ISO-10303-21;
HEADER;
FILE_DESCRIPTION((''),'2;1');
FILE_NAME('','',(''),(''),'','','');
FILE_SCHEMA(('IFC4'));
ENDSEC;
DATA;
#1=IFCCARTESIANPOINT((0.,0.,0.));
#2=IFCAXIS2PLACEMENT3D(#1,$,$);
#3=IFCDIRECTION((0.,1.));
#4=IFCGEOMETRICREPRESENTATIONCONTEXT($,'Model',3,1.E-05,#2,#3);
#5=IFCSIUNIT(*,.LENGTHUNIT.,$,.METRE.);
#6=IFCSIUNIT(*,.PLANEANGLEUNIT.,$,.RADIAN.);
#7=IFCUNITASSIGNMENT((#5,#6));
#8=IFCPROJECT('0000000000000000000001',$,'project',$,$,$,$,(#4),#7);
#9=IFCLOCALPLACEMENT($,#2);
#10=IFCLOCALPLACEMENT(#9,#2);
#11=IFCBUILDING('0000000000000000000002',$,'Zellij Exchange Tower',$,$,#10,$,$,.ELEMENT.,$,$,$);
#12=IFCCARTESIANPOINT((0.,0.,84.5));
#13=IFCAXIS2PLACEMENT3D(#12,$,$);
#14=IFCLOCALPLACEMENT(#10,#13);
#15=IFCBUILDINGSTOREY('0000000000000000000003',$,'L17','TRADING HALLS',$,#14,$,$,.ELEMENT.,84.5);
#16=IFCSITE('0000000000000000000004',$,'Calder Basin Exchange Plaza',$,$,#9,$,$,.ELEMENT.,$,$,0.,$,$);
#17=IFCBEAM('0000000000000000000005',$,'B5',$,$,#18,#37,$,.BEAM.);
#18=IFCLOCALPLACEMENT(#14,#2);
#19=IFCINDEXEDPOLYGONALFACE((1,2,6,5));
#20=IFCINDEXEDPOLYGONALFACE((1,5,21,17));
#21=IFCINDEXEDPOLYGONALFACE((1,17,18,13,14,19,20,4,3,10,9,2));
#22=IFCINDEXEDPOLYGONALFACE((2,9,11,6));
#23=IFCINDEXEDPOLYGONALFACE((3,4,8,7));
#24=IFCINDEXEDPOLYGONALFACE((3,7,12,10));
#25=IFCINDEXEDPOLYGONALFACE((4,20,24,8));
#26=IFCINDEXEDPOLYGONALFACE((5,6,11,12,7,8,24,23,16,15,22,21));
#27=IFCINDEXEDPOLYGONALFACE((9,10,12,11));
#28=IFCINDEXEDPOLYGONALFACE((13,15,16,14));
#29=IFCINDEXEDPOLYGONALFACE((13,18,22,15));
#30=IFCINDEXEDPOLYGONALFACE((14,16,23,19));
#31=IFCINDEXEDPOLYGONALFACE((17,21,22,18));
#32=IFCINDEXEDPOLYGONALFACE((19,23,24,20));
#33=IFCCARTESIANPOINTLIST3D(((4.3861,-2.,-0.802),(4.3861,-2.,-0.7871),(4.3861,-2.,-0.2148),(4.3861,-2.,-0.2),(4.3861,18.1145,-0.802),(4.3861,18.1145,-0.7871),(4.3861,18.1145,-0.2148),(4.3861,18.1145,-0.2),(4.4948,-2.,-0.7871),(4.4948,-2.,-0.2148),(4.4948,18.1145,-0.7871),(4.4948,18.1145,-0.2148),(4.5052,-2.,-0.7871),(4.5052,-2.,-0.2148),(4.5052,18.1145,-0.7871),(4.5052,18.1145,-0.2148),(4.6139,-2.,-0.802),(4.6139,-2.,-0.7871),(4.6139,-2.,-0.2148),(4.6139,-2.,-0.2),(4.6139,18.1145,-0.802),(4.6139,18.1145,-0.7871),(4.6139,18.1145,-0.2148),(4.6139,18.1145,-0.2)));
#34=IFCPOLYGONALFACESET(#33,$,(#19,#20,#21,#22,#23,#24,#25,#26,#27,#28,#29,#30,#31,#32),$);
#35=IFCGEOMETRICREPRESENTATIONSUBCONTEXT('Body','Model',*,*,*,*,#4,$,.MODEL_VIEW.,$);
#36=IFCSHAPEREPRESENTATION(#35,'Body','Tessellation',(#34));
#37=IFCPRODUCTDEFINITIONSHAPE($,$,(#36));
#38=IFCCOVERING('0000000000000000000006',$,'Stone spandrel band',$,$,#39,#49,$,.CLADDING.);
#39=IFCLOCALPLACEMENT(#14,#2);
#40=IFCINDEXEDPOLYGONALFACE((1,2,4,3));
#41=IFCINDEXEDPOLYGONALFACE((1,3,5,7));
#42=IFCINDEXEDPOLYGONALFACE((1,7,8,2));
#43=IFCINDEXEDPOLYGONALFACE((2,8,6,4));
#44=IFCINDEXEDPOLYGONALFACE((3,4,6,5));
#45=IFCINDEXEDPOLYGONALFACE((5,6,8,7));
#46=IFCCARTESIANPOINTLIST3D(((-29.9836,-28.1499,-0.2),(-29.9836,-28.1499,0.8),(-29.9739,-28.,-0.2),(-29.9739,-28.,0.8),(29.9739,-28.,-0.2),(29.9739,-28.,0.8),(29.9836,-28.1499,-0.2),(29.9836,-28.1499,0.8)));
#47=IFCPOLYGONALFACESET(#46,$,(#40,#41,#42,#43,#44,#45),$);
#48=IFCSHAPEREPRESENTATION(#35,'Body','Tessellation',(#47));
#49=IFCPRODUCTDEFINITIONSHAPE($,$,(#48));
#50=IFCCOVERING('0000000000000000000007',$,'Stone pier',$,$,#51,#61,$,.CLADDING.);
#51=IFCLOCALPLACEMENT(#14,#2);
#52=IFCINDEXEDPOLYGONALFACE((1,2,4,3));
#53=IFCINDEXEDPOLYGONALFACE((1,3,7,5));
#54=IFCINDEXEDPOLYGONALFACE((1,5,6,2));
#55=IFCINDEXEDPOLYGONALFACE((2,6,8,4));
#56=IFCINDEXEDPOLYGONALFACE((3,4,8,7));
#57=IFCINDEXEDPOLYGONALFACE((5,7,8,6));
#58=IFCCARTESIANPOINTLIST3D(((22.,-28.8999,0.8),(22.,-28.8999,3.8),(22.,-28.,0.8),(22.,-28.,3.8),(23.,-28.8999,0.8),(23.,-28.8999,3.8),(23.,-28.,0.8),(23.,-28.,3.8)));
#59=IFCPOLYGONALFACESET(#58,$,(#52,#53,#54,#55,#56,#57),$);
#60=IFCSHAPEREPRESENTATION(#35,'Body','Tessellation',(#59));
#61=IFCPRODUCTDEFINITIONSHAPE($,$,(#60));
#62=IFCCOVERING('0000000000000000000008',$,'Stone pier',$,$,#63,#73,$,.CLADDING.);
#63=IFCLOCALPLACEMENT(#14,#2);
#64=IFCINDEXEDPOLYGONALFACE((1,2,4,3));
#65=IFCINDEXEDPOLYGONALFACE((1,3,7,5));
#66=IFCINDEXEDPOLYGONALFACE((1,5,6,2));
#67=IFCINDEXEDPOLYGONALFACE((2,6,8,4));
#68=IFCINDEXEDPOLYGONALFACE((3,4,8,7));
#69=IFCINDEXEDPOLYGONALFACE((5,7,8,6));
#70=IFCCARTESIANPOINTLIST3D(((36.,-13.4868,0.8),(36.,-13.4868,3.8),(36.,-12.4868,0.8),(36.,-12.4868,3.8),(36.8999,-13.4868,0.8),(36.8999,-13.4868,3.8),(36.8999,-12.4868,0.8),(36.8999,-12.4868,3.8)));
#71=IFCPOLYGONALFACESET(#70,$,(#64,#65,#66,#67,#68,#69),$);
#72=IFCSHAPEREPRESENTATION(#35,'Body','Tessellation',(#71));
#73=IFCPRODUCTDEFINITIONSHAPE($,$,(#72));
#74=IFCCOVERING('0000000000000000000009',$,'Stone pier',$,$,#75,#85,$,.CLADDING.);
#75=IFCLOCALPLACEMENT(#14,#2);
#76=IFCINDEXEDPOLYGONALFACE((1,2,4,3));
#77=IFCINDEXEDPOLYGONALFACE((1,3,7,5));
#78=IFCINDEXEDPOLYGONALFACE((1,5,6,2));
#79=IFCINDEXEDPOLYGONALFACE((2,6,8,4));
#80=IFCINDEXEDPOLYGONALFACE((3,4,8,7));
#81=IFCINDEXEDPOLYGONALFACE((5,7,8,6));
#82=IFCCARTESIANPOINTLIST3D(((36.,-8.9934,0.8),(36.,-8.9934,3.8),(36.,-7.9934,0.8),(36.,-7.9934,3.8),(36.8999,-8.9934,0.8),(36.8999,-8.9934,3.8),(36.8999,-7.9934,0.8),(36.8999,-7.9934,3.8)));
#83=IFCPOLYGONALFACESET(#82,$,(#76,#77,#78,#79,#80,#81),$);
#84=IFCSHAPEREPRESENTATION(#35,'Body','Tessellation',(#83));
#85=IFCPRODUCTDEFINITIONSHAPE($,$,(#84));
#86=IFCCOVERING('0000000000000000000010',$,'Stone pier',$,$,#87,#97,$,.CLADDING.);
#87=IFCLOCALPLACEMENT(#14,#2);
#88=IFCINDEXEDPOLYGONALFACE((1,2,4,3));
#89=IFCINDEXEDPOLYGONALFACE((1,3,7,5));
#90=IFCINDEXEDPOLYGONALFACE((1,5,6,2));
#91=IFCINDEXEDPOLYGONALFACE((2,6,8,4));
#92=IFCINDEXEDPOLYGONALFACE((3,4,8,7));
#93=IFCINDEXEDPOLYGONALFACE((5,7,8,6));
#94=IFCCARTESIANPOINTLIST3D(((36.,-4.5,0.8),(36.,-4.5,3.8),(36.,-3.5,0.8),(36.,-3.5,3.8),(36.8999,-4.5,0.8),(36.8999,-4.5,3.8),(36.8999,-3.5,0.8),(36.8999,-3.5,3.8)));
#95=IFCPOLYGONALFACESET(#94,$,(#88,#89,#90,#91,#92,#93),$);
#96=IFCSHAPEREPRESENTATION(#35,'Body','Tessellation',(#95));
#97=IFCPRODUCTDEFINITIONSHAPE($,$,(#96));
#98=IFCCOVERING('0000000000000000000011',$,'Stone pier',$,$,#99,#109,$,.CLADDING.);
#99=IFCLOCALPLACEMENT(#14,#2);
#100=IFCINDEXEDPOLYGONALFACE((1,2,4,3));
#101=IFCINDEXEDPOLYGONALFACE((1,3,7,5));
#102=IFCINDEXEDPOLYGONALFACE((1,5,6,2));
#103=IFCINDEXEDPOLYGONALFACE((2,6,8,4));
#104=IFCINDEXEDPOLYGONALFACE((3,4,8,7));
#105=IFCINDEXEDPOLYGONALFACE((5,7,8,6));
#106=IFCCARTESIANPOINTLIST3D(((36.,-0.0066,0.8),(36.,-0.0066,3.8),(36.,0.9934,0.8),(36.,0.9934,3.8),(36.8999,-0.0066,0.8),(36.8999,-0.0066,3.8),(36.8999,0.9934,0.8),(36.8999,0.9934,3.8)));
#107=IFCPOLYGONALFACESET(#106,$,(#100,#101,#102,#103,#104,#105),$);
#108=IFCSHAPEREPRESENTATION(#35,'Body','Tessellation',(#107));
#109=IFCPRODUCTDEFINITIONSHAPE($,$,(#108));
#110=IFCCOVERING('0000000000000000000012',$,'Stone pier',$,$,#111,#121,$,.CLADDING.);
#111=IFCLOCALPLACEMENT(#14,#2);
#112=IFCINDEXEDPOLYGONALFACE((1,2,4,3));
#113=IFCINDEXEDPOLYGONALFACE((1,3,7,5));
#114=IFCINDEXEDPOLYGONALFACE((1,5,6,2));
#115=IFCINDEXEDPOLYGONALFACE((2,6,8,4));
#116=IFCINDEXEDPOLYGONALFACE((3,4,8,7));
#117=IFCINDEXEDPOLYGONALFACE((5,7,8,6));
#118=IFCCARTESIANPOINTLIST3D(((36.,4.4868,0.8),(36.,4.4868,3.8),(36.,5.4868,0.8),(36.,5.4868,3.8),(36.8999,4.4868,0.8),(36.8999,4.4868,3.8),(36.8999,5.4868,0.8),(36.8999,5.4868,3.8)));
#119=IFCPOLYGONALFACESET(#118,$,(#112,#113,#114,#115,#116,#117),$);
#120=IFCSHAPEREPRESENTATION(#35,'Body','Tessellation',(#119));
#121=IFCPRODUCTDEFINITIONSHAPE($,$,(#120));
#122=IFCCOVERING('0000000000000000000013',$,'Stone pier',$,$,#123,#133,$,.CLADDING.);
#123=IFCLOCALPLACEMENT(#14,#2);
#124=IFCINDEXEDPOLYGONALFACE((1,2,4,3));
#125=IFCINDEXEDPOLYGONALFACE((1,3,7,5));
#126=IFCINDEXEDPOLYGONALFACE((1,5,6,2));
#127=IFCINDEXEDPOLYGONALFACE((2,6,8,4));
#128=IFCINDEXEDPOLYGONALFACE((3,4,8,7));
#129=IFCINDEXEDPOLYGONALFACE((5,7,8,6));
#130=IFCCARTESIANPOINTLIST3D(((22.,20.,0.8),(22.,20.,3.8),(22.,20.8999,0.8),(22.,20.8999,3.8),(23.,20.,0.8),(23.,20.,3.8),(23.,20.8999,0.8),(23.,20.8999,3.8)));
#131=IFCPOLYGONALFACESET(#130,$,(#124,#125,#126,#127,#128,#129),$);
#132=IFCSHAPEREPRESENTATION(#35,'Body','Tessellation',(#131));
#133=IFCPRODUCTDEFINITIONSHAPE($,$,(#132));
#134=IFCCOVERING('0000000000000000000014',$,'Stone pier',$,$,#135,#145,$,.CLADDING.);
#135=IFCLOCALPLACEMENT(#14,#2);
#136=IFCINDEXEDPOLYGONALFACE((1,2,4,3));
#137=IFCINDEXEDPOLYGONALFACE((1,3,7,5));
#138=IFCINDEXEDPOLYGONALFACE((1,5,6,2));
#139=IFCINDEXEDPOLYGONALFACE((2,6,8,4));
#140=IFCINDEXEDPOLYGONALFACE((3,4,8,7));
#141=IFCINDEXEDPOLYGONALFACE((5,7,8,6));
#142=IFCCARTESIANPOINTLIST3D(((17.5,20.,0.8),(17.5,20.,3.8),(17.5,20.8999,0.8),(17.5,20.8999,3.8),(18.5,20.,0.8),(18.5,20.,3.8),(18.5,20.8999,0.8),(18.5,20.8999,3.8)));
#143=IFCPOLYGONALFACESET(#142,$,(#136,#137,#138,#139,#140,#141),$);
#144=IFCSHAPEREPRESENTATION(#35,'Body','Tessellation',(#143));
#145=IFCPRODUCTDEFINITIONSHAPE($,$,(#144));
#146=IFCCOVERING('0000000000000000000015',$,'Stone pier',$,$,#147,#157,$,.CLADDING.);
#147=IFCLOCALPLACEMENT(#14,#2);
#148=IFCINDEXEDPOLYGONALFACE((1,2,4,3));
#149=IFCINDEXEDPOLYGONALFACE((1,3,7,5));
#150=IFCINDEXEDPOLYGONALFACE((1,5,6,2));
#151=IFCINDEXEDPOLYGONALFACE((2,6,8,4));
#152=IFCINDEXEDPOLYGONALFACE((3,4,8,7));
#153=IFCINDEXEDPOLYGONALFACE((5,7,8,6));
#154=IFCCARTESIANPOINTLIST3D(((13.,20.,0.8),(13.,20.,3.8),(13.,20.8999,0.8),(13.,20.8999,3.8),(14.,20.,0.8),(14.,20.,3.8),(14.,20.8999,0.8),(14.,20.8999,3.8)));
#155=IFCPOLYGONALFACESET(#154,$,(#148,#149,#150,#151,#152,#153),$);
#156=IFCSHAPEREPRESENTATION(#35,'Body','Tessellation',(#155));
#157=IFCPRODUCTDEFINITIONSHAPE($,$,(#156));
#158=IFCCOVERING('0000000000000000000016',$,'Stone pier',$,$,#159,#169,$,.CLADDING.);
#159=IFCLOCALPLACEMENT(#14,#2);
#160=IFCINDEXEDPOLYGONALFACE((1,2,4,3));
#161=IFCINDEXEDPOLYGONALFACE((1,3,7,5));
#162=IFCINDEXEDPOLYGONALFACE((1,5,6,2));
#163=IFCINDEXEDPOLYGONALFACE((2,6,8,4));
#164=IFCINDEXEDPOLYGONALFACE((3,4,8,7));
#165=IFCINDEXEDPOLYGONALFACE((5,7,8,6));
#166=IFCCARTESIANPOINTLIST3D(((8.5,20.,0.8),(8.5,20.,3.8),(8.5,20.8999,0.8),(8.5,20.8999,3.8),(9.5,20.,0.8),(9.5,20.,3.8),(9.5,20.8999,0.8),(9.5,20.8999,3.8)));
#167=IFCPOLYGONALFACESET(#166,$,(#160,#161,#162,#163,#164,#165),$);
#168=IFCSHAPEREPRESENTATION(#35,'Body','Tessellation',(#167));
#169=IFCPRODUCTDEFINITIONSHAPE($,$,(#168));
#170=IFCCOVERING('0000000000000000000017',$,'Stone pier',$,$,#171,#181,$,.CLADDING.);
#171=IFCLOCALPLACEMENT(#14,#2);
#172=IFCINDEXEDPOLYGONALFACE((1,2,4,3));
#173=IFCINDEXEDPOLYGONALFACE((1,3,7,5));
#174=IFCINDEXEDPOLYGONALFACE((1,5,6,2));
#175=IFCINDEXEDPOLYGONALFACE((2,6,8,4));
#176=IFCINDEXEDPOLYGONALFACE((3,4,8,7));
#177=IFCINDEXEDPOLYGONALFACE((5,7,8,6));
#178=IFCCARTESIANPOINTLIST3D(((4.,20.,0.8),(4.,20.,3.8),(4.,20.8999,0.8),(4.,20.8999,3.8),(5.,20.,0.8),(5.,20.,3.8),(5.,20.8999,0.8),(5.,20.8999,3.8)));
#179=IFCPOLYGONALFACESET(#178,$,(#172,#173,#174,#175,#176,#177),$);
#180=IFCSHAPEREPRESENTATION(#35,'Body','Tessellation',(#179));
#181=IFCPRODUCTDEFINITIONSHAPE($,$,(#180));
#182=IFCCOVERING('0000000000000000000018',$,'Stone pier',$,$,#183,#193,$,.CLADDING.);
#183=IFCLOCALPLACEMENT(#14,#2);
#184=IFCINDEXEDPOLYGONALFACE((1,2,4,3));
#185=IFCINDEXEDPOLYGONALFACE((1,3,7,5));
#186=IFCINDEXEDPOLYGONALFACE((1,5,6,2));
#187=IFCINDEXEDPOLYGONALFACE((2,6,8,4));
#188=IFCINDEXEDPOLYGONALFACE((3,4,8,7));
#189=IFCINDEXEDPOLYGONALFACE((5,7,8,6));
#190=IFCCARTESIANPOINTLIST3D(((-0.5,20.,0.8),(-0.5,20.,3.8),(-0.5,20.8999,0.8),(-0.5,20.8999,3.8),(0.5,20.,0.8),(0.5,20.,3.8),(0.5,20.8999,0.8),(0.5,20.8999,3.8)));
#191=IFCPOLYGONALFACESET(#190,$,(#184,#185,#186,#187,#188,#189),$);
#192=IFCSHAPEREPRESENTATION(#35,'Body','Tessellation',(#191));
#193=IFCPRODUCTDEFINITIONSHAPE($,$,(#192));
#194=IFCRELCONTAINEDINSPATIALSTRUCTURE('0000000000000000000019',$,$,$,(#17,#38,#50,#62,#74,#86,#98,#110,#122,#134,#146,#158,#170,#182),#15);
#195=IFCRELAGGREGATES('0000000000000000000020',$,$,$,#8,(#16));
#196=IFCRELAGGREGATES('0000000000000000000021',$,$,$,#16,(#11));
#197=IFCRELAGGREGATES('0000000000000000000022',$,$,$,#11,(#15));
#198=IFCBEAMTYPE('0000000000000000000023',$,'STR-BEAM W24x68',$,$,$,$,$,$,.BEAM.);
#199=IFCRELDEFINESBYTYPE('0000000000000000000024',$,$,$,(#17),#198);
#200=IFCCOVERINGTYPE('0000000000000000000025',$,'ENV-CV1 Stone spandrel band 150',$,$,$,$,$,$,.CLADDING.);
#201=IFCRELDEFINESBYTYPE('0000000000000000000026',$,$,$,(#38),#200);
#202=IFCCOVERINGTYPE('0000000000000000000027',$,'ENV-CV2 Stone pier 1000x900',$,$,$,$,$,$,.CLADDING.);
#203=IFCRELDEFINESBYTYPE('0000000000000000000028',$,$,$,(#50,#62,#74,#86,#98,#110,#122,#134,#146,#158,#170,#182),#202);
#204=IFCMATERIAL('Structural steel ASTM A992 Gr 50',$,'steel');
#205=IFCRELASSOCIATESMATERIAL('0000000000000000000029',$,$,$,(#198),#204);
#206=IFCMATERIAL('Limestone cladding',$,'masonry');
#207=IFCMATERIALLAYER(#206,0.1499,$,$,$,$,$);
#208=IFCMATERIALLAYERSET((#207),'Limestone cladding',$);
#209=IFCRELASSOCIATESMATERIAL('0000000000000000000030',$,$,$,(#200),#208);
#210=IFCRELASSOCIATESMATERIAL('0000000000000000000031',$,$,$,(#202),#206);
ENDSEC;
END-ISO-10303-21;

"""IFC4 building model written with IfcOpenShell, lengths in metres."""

from ifc_helpers import new_model, si_unit, direction, frame, origin, origin_2d, place, context, subcontext, project, spatial, polyline, i_section, outline, extrude, material, layer, layer_set, material_profile, profile_set, type_object, element, save


model = new_model("IFC4")

# Units and contexts
model_context = context("Model", 3, precision=1e-05, world=origin(), true_north=direction((0.0, 1.0)))
body_context = subcontext(model_context, "Body", "Model", "MODEL_VIEW")
ifc_project = project(units=[si_unit("LENGTHUNIT", "METRE"), si_unit("PLANEANGLEUNIT", "RADIAN")], contexts=[model_context])

# Site, building, storey
site_placement = place(None, origin())
site = spatial("IfcSite", under=ifc_project, at=site_placement, Name="Calder Basin Exchange Plaza", CompositionType="ELEMENT", RefElevation=0.0)
building_placement = place(site_placement, origin())
building = spatial("IfcBuilding", under=site, at=building_placement, Name="Zellij Exchange Tower", CompositionType="ELEMENT")
storey_placement = place(building_placement, frame((0.0, 0.0, 84.5)))
storey = spatial("IfcBuildingStorey", under=building, at=storey_placement, Name="L17", Description="TRADING HALLS", CompositionType="ELEMENT", Elevation=84.5)

# Beam
ifc_material_1 = material(Name="Structural steel ASTM A992 Gr 50", Category="steel")
ifc_material_profile = material_profile(ifc_material_1, i_section(OverallWidth=0.2278, OverallDepth=0.6021, WebThickness=0.0105, FlangeThickness=0.0149, at=origin_2d()), Name="W24x68")
ifc_profile_set = profile_set([ifc_material_profile], Name="Structural steel ASTM A992 Gr 50")
beam_type = type_object("IfcBeamType", Name="STR-BEAM W24x68", PredefinedType="BEAM", material=ifc_profile_set)
beam_placement = place(storey_placement, frame((4.5, -2.0, -0.501), z_axis=(0.0, 1.0, 0.0), x_axis=(-1.0, 0.0, 0.0)))
element("IfcBeam", 1, at=beam_placement, inside=storey, type_object=beam_type, Name="B5", PredefinedType="BEAM", context=body_context, shape_type="SweptSolid", body=[
    extrude(i_section(OverallWidth=0.2278, OverallDepth=0.6021, WebThickness=0.0105, FlangeThickness=0.0149, at=origin_2d()), origin(), (0.0, 0.0, 1.0), 20.1145),
])

# Coverings
ifc_material_2 = material(Name="Limestone cladding", Category="masonry")
ifc_layer = layer(ifc_material_2, 0.1499)
ifc_layer_set = layer_set([ifc_layer], Name="Limestone cladding")
covering_type_1 = type_object("IfcCoveringType", Name="ENV-CV1 Stone spandrel band 150", PredefinedType="CLADDING", material=ifc_layer_set)
covering_1_placement = place(storey_placement, frame((0.0, 0.0, -0.2)))
element("IfcCovering", 2, at=covering_1_placement, inside=storey, type_object=covering_type_1, Name="Stone spandrel band", PredefinedType="CLADDING", context=body_context, shape_type="SweptSolid", body=[
    extrude(outline(polyline([(-29.9739, -28.0), (29.9739, -28.0), (29.9836, -28.1499), (-29.9836, -28.1499), (-29.9739, -28.0)])), origin(), (0.0, 0.0, 1.0), 1.0),
])
covering_type_2 = type_object("IfcCoveringType", Name="ENV-CV2 Stone pier 1000x900", PredefinedType="CLADDING", material=ifc_material_2)
covering_2_placement = place(storey_placement, frame((0.0, 0.0, 0.8)))
element("IfcCovering", 3, at=covering_2_placement, inside=storey, type_object=covering_type_2, Name="Stone pier", PredefinedType="CLADDING", context=body_context, shape_type="SweptSolid", body=[
    extrude(outline(polyline([(22.0, -28.0), (23.0, -28.0), (23.0, -28.8999), (22.0, -28.8999), (22.0, -28.0)])), origin(), (0.0, 0.0, 1.0), 3.0),
])
covering_3_placement = place(storey_placement, frame((0.0, 0.0, 0.8)))
element("IfcCovering", 4, at=covering_3_placement, inside=storey, type_object=covering_type_2, Name="Stone pier", PredefinedType="CLADDING", context=body_context, shape_type="SweptSolid", body=[
    extrude(outline(polyline([(36.0, -13.4868), (36.0, -12.4868), (36.8999, -12.4868), (36.8999, -13.4868), (36.0, -13.4868)])), origin(), (0.0, 0.0, 1.0), 3.0),
])
covering_4_placement = place(storey_placement, frame((0.0, 0.0, 0.8)))
element("IfcCovering", 5, at=covering_4_placement, inside=storey, type_object=covering_type_2, Name="Stone pier", PredefinedType="CLADDING", context=body_context, shape_type="SweptSolid", body=[
    extrude(outline(polyline([(36.0, -8.9934), (36.0, -7.9934), (36.8999, -7.9934), (36.8999, -8.9934), (36.0, -8.9934)])), origin(), (0.0, 0.0, 1.0), 3.0),
])
covering_5_placement = place(storey_placement, frame((0.0, 0.0, 0.8)))
element("IfcCovering", 6, at=covering_5_placement, inside=storey, type_object=covering_type_2, Name="Stone pier", PredefinedType="CLADDING", context=body_context, shape_type="SweptSolid", body=[
    extrude(outline(polyline([(36.0, -4.5), (36.0, -3.5), (36.8999, -3.5), (36.8999, -4.5), (36.0, -4.5)])), origin(), (0.0, 0.0, 1.0), 3.0),
])
covering_6_placement = place(storey_placement, frame((0.0, 0.0, 0.8)))
element("IfcCovering", 7, at=covering_6_placement, inside=storey, type_object=covering_type_2, Name="Stone pier", PredefinedType="CLADDING", context=body_context, shape_type="SweptSolid", body=[
    extrude(outline(polyline([(36.0, -0.0066), (36.0, 0.9934), (36.8999, 0.9934), (36.8999, -0.0066), (36.0, -0.0066)])), origin(), (0.0, 0.0, 1.0), 3.0),
])
covering_7_placement = place(storey_placement, frame((0.0, 0.0, 0.8)))
element("IfcCovering", 8, at=covering_7_placement, inside=storey, type_object=covering_type_2, Name="Stone pier", PredefinedType="CLADDING", context=body_context, shape_type="SweptSolid", body=[
    extrude(outline(polyline([(36.0, 4.4868), (36.0, 5.4868), (36.8999, 5.4868), (36.8999, 4.4868), (36.0, 4.4868)])), origin(), (0.0, 0.0, 1.0), 3.0),
])
covering_8_placement = place(storey_placement, frame((0.0, 0.0, 0.8)))
element("IfcCovering", 9, at=covering_8_placement, inside=storey, type_object=covering_type_2, Name="Stone pier", PredefinedType="CLADDING", context=body_context, shape_type="SweptSolid", body=[
    extrude(outline(polyline([(23.0, 20.0), (22.0, 20.0), (22.0, 20.8999), (23.0, 20.8999), (23.0, 20.0)])), origin(), (0.0, 0.0, 1.0), 3.0),
])
covering_9_placement = place(storey_placement, frame((0.0, 0.0, 0.8)))
element("IfcCovering", 10, at=covering_9_placement, inside=storey, type_object=covering_type_2, Name="Stone pier", PredefinedType="CLADDING", context=body_context, shape_type="SweptSolid", body=[
    extrude(outline(polyline([(18.5, 20.0), (17.5, 20.0), (17.5, 20.8999), (18.5, 20.8999), (18.5, 20.0)])), origin(), (0.0, 0.0, 1.0), 3.0),
])
covering_10_placement = place(storey_placement, frame((0.0, 0.0, 0.8)))
element("IfcCovering", 11, at=covering_10_placement, inside=storey, type_object=covering_type_2, Name="Stone pier", PredefinedType="CLADDING", context=body_context, shape_type="SweptSolid", body=[
    extrude(outline(polyline([(14.0, 20.0), (13.0, 20.0), (13.0, 20.8999), (14.0, 20.8999), (14.0, 20.0)])), origin(), (0.0, 0.0, 1.0), 3.0),
])
covering_11_placement = place(storey_placement, frame((0.0, 0.0, 0.8)))
element("IfcCovering", 12, at=covering_11_placement, inside=storey, type_object=covering_type_2, Name="Stone pier", PredefinedType="CLADDING", context=body_context, shape_type="SweptSolid", body=[
    extrude(outline(polyline([(9.5, 20.0), (8.5, 20.0), (8.5, 20.8999), (9.5, 20.8999), (9.5, 20.0)])), origin(), (0.0, 0.0, 1.0), 3.0),
])
covering_12_placement = place(storey_placement, frame((0.0, 0.0, 0.8)))
element("IfcCovering", 13, at=covering_12_placement, inside=storey, type_object=covering_type_2, Name="Stone pier", PredefinedType="CLADDING", context=body_context, shape_type="SweptSolid", body=[
    extrude(outline(polyline([(5.0, 20.0), (4.0, 20.0), (4.0, 20.8999), (5.0, 20.8999), (5.0, 20.0)])), origin(), (0.0, 0.0, 1.0), 3.0),
])
covering_13_placement = place(storey_placement, frame((0.0, 0.0, 0.8)))
element("IfcCovering", 14, at=covering_13_placement, inside=storey, type_object=covering_type_2, Name="Stone pier", PredefinedType="CLADDING", context=body_context, shape_type="SweptSolid", body=[
    extrude(outline(polyline([(0.5, 20.0), (-0.5, 20.0), (-0.5, 20.8999), (0.5, 20.8999), (0.5, 20.0)])), origin(), (0.0, 0.0, 1.0), 3.0),
])

save(model, "model.ifc")
